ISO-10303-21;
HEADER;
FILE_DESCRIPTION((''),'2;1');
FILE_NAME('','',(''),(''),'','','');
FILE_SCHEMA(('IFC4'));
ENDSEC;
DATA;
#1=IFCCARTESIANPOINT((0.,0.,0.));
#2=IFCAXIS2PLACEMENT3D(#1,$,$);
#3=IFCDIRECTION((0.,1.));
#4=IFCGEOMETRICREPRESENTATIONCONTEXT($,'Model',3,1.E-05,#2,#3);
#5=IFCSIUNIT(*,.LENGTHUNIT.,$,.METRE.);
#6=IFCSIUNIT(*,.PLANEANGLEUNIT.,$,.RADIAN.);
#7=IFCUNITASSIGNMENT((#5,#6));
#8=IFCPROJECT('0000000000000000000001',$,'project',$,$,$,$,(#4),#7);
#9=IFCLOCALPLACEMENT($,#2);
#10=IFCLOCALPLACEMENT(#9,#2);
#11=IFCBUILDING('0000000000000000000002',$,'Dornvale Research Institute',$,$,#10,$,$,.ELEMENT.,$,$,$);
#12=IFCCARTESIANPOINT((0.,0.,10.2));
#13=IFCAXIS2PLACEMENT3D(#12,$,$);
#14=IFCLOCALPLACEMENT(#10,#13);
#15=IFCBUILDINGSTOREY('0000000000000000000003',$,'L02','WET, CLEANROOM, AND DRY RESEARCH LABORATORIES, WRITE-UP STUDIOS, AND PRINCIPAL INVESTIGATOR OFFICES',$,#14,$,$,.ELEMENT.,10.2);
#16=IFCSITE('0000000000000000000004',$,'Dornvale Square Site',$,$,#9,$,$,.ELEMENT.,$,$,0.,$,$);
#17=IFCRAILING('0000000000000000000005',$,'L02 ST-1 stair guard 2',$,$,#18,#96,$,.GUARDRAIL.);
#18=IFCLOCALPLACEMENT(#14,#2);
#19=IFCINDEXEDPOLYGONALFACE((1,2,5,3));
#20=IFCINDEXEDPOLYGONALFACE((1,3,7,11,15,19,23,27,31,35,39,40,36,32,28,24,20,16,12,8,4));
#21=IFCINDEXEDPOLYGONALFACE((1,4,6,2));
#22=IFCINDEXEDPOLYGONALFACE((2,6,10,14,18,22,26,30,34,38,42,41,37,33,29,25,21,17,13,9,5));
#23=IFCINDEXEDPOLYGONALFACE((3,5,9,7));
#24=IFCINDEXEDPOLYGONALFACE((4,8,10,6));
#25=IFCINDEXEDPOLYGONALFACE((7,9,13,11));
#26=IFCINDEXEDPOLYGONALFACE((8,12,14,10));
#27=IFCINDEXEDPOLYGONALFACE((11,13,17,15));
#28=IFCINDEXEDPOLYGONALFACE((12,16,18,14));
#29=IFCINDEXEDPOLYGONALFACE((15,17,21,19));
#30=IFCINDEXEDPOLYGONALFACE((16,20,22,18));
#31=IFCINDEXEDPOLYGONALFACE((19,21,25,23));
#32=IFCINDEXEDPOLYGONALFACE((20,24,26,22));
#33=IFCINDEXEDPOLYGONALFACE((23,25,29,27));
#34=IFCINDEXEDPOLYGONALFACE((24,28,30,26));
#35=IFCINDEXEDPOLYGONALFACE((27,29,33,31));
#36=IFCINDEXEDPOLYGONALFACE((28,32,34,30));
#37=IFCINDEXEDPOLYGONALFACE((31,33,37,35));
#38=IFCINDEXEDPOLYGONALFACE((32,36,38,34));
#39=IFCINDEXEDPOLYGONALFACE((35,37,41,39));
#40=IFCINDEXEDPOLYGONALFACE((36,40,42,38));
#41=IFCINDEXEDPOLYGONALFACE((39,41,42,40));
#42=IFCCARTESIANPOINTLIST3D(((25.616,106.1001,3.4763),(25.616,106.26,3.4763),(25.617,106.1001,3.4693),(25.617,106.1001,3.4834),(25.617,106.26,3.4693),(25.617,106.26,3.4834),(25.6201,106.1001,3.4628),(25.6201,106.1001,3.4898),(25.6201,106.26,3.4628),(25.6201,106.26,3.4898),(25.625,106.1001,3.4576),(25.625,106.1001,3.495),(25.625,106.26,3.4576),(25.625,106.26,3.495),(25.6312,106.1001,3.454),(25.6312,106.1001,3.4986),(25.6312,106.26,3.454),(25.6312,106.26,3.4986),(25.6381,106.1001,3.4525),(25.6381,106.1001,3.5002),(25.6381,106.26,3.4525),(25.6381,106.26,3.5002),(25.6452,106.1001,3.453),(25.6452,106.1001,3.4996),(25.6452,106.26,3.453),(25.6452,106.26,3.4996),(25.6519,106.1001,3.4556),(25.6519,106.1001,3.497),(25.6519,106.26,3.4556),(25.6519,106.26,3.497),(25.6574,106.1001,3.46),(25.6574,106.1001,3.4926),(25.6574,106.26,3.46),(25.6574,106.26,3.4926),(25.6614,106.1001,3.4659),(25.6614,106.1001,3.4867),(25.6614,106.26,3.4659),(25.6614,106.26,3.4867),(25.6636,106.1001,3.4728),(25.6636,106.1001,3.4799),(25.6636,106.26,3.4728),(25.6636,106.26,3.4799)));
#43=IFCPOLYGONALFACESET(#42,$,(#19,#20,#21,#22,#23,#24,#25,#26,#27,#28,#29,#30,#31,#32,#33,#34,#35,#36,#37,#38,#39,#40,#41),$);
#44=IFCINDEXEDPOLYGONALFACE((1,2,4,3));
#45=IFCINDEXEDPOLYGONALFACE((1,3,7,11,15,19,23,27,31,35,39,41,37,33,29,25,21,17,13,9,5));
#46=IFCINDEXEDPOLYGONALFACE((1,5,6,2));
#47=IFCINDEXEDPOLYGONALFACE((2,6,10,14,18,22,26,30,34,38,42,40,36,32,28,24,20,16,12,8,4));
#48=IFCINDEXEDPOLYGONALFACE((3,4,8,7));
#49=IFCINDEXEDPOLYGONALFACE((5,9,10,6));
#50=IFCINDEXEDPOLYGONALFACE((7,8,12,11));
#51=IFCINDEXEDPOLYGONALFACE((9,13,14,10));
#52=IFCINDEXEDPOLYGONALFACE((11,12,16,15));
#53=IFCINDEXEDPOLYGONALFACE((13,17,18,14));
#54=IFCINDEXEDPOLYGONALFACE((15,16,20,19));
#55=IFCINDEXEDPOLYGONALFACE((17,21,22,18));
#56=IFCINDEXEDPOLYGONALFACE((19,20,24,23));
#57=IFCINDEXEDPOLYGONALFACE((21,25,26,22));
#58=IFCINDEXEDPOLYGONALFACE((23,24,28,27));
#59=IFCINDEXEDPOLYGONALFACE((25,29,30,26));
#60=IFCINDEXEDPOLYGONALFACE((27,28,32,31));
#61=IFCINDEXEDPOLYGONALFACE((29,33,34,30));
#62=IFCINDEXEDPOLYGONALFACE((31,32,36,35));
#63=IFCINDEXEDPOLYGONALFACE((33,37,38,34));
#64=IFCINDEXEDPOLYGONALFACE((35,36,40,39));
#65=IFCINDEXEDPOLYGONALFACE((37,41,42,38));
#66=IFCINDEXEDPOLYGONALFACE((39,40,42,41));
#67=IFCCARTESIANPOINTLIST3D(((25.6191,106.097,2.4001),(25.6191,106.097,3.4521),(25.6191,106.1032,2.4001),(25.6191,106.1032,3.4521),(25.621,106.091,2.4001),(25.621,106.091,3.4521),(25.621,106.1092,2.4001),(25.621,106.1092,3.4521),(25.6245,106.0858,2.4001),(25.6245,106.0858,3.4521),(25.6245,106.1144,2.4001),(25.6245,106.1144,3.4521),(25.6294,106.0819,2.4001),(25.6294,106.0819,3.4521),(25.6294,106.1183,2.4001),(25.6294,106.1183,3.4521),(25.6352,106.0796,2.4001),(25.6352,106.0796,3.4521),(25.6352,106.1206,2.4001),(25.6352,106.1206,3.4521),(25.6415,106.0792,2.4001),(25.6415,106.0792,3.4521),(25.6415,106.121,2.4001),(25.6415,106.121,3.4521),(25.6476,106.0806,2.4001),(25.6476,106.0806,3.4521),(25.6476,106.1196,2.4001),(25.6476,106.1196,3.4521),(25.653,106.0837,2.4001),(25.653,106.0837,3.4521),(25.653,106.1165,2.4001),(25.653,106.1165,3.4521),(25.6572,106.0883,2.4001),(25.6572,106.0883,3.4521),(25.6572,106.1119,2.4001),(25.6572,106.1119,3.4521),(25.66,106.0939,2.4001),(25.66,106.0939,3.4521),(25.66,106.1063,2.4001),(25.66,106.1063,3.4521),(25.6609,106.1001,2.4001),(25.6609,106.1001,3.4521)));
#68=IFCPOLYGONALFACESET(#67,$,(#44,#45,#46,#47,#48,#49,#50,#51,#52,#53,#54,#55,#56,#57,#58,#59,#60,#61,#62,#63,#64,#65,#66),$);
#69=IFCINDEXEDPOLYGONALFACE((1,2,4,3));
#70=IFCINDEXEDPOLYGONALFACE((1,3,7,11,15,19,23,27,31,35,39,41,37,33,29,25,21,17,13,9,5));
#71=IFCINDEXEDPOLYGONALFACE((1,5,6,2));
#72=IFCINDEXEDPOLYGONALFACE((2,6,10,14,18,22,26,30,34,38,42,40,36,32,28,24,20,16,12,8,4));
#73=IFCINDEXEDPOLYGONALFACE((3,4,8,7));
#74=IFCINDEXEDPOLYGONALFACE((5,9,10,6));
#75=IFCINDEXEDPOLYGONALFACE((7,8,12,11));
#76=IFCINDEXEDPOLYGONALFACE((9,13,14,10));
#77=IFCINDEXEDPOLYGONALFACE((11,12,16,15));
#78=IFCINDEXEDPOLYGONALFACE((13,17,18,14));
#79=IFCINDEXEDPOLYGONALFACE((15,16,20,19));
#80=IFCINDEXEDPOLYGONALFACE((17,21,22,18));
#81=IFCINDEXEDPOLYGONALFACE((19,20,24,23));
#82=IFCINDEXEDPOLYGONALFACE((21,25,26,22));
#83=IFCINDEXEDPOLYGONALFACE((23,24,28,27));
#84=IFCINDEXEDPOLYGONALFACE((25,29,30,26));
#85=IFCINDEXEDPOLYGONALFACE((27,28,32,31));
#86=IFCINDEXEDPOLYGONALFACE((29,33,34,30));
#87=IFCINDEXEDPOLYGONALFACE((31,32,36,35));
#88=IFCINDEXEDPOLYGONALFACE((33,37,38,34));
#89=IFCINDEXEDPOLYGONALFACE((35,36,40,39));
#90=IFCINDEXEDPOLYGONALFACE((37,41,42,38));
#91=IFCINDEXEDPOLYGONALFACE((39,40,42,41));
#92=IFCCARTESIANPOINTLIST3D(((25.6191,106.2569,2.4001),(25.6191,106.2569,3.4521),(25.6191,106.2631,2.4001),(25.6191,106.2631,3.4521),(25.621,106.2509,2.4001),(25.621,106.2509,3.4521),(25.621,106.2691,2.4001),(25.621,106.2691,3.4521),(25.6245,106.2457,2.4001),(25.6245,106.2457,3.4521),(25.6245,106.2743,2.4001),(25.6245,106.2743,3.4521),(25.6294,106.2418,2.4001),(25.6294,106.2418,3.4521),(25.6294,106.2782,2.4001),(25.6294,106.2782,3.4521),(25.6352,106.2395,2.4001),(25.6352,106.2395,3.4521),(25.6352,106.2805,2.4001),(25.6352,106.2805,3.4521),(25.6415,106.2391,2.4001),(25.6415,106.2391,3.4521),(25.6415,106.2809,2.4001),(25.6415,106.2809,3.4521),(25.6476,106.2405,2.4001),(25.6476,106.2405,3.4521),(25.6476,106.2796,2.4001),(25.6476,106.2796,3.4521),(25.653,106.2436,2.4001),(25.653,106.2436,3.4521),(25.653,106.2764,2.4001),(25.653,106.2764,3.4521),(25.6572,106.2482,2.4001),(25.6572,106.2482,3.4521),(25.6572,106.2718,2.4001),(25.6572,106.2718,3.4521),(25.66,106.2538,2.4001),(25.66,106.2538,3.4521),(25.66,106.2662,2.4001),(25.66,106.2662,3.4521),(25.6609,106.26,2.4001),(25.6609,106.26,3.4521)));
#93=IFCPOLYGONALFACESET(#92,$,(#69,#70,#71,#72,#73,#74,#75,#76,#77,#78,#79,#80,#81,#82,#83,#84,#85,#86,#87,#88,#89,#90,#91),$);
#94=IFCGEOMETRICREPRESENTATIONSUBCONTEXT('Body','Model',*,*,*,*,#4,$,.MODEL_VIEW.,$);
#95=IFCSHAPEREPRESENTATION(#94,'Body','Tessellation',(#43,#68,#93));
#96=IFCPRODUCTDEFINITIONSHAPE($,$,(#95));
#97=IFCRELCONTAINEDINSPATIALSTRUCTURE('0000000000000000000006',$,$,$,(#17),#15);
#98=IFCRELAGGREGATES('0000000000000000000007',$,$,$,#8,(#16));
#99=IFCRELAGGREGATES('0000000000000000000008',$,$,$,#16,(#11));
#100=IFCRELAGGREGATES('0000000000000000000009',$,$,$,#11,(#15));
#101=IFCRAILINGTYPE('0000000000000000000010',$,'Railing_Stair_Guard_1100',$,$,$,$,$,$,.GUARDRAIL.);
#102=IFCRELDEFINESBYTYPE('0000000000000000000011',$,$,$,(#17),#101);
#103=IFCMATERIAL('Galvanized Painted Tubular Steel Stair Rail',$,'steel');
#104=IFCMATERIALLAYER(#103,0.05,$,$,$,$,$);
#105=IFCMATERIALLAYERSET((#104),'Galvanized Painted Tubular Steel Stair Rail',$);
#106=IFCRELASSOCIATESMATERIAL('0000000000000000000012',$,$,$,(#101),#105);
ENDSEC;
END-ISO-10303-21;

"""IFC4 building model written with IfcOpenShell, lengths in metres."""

from ifc_helpers import new_model, si_unit, direction, frame, origin, origin_2d, place, context, subcontext, project, spatial, circle, extrude, material, layer, layer_set, type_object, element, save


model = new_model("IFC4")

# Units and contexts
model_context = context("Model", 3, precision=1e-05, world=origin(), true_north=direction((0.0, 1.0)))
body_context = subcontext(model_context, "Body", "Model", "MODEL_VIEW")
ifc_project = project(units=[si_unit("LENGTHUNIT", "METRE"), si_unit("PLANEANGLEUNIT", "RADIAN")], contexts=[model_context])

# Site, building, storey
site_placement = place(None, origin())
site = spatial("IfcSite", under=ifc_project, at=site_placement, Name="Dornvale Square Site", CompositionType="ELEMENT", RefElevation=0.0)
building_placement = place(site_placement, origin())
building = spatial("IfcBuilding", under=site, at=building_placement, Name="Dornvale Research Institute", CompositionType="ELEMENT")
storey_placement = place(building_placement, frame((0.0, 0.0, 10.2)))
storey = spatial("IfcBuildingStorey", under=building, at=storey_placement, Name="L02", Description="WET, CLEANROOM, AND DRY RESEARCH LABORATORIES, WRITE-UP STUDIOS, AND PRINCIPAL INVESTIGATOR OFFICES", CompositionType="ELEMENT", Elevation=10.2)

# Railing
ifc_material_1 = material(Name="Galvanized Painted Tubular Steel Stair Rail", Category="steel")
ifc_layer_1 = layer(ifc_material_1, 0.05)
ifc_layer_set_1 = layer_set([ifc_layer_1], Name="Galvanized Painted Tubular Steel Stair Rail")
railing_type_1 = type_object("IfcRailingType", Name="Railing_Stair_Guard_1100", PredefinedType="GUARDRAIL", material=ifc_layer_set_1)
railing_1_placement = place(storey_placement, frame((25.6399, 106.1001, 2.4001)))
element("IfcRailing", 1, at=railing_1_placement, inside=storey, type_object=railing_type_1, Name="L02 ST-1 stair guard 2", PredefinedType="GUARDRAIL", context=body_context, shape_type="SweptSolid", body=[
    extrude(circle(Radius=0.0239, at=origin_2d()), frame((0.0, 0.0, 1.0762), z_axis=(0.0, 1.0, 0.0), x_axis=(-1.0, 0.0, 0.0)), (0.0, 0.0, 1.0), 0.1599),
    extrude(circle(Radius=0.021, at=origin_2d()), origin(), (0.0, 0.0, 1.0), 1.052),
    extrude(circle(Radius=0.021, at=origin_2d()), frame((0.0, 0.1599, 0.0)), (0.0, 0.0, 1.0), 1.052),
])

save(model, "model.ifc")
